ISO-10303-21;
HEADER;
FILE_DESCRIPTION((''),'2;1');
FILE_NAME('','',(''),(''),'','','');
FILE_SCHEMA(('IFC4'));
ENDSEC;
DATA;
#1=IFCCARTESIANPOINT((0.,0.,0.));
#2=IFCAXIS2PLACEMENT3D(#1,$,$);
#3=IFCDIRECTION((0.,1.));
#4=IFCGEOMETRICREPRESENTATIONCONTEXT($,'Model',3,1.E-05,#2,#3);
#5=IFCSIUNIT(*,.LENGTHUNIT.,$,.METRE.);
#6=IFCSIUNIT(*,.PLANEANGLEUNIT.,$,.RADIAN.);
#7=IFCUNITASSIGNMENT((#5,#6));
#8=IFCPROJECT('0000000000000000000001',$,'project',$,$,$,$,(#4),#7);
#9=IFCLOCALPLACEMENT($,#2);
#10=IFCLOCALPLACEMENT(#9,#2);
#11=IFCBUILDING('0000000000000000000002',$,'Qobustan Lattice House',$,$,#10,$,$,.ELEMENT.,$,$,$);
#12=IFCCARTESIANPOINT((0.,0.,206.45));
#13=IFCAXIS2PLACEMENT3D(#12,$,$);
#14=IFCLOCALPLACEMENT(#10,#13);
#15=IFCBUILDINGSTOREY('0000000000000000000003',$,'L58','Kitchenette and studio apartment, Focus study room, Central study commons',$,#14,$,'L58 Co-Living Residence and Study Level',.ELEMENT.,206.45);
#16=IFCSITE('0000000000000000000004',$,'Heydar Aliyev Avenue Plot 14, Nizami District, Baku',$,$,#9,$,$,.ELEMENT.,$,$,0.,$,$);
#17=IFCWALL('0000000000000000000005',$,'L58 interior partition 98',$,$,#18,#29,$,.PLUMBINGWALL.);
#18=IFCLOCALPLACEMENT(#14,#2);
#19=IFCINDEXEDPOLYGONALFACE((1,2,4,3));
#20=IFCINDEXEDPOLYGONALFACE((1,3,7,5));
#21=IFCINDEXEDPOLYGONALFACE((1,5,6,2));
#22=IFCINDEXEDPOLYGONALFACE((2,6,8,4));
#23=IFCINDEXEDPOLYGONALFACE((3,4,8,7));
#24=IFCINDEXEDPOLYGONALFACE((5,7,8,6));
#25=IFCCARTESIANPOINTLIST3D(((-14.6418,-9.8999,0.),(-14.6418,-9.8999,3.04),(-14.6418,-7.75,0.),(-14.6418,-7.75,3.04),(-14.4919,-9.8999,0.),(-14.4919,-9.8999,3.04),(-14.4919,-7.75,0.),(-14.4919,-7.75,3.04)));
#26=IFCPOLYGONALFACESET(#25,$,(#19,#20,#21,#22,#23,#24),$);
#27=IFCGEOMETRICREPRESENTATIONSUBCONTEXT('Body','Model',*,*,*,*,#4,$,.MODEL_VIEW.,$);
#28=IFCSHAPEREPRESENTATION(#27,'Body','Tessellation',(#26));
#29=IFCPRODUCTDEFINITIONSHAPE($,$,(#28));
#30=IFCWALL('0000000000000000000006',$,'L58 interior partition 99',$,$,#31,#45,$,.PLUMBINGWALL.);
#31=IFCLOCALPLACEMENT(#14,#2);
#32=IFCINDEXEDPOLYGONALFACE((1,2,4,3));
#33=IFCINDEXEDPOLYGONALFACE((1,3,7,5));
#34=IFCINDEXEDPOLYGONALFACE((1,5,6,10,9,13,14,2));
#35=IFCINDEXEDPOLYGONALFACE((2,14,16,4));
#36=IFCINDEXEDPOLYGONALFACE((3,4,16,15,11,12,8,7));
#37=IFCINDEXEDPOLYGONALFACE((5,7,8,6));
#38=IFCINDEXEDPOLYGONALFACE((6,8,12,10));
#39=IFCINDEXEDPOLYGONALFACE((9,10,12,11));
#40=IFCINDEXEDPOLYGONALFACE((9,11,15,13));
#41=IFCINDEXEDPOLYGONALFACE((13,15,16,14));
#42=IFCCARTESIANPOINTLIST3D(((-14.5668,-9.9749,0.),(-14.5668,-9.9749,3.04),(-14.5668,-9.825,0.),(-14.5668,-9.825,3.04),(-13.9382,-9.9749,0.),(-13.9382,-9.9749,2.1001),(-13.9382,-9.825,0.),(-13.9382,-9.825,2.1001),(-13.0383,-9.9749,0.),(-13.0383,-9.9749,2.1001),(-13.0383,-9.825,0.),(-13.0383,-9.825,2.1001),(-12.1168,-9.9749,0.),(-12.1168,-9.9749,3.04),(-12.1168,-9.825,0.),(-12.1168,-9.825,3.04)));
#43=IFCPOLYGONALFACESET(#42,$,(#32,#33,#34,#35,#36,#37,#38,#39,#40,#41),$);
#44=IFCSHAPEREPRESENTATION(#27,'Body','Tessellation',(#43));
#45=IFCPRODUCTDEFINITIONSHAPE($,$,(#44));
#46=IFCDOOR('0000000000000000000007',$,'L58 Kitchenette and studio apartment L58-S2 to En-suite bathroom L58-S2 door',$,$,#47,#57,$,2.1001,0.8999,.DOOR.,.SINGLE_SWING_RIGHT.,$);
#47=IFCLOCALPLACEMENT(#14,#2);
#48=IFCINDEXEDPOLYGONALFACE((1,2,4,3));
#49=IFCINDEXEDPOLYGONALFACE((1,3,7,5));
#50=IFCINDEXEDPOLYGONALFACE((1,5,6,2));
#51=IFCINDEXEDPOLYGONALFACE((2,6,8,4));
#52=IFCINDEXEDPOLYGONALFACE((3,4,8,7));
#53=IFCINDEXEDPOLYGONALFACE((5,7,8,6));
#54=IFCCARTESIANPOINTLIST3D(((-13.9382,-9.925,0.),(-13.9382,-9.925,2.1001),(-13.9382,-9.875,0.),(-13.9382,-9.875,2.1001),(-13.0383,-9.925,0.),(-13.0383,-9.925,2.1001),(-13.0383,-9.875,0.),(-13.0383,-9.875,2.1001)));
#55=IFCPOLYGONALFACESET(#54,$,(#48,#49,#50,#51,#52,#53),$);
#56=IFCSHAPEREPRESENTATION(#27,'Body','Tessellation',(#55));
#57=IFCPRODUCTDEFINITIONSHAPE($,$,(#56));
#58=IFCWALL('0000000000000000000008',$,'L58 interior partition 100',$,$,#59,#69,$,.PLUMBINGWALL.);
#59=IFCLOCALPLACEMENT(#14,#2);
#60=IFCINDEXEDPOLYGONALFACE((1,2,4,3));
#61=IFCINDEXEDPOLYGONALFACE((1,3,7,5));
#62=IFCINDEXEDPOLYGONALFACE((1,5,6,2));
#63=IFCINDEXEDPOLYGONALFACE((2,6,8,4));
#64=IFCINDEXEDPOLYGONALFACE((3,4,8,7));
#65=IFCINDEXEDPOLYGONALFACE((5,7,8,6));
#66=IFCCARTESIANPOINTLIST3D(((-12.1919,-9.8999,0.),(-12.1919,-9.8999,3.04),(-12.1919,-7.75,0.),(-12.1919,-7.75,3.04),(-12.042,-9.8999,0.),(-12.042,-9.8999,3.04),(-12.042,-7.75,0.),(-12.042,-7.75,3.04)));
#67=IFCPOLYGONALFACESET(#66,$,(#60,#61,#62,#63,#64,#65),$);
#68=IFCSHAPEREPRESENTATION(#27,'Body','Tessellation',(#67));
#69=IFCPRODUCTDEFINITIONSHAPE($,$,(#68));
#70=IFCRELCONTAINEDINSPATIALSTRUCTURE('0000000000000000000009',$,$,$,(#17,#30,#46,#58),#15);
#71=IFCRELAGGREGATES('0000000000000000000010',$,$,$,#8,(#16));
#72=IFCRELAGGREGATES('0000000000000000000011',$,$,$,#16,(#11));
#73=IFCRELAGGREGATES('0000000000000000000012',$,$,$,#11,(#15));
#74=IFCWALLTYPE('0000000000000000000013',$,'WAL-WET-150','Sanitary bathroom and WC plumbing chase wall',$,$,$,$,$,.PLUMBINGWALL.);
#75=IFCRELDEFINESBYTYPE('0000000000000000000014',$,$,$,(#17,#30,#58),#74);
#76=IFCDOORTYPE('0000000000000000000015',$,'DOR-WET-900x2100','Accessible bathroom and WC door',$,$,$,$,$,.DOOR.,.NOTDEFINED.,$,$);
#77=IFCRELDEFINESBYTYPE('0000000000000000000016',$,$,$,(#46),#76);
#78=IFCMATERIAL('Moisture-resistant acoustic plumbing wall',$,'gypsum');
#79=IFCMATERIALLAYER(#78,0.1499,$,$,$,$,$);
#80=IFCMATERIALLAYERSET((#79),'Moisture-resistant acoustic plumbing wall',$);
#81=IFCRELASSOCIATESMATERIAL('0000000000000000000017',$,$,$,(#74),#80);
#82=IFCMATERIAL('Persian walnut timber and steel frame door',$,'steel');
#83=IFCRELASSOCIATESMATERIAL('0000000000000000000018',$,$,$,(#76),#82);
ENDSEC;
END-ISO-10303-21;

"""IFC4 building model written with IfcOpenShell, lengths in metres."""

from ifc_helpers import new_model, si_unit, direction, frame, frame_2d, origin, place, context, subcontext, project, spatial, rectangle, extrude, material, layer, layer_set, type_object, element, fill, save


model = new_model("IFC4")

# Units and contexts
model_context = context("Model", 3, precision=1e-05, world=origin(), true_north=direction((0.0, 1.0)))
body_context = subcontext(model_context, "Body", "Model", "MODEL_VIEW")
ifc_project = project(units=[si_unit("LENGTHUNIT", "METRE"), si_unit("PLANEANGLEUNIT", "RADIAN")], contexts=[model_context])

# Site, building, storey
site_placement = place(None, origin())
site = spatial("IfcSite", under=ifc_project, at=site_placement, Name="Heydar Aliyev Avenue Plot 14, Nizami District, Baku", CompositionType="ELEMENT", RefElevation=0.0)
building_placement = place(site_placement, origin())
building = spatial("IfcBuilding", under=site, at=building_placement, Name="Qobustan Lattice House", CompositionType="ELEMENT")
storey_placement = place(building_placement, frame((0.0, 0.0, 206.45)))
storey = spatial("IfcBuildingStorey", under=building, at=storey_placement, Name="L58", Description="Kitchenette and studio apartment, Focus study room, Central study commons", LongName="L58 Co-Living Residence and Study Level", CompositionType="ELEMENT", Elevation=206.45)

# Wall
ifc_material_1 = material(Name="Moisture-resistant acoustic plumbing wall", Category="gypsum")
ifc_layer_1 = layer(ifc_material_1, 0.1499)
ifc_layer_set_1 = layer_set([ifc_layer_1], Name="Moisture-resistant acoustic plumbing wall")
wall_type_1 = type_object("IfcWallType", Name="WAL-WET-150", Description="Sanitary bathroom and WC plumbing chase wall", PredefinedType="PLUMBINGWALL", material=ifc_layer_set_1)
wall_1_placement = place(storey_placement, frame((-14.5669, -7.75, 0.0), z_axis=(0.0, 0.0, 1.0), x_axis=(0.0, -1.0, 0.0)))
element("IfcWall", 1, at=wall_1_placement, inside=storey, type_object=wall_type_1, Name="L58 interior partition 98", PredefinedType="PLUMBINGWALL", context=body_context, shape_type="SweptSolid", body=[
    extrude(rectangle(XDim=2.1499, YDim=0.1499, at=frame_2d((1.075, 0.0))), origin(), (0.0, 0.0, 1.0), 3.04),
])

# Wall, opening, door
wall_2_placement = place(storey_placement, frame((-14.5669, -9.8999, 0.0), z_axis=(0.0, 0.0, 1.0), x_axis=(1.0, 0.0, 0.0)))
wall_2 = element("IfcWall", 2, at=wall_2_placement, inside=storey, type_object=wall_type_1, Name="L58 interior partition 99", PredefinedType="PLUMBINGWALL", context=body_context, shape_type="SweptSolid", body=[
    extrude(rectangle(XDim=2.45, YDim=0.1499, at=frame_2d((1.2251, 0.0))), origin(), (0.0, 0.0, 1.0), 3.04),
])
opening_1_placement = place(wall_2_placement, frame((0.6287, 0.0, 0.0)))
opening_1 = element("IfcOpeningElement", 3, at=opening_1_placement, cuts=wall_2, PredefinedType="OPENING", context=body_context, shape_type="SweptSolid", body=[
    extrude(rectangle(XDim=0.8999, YDim=2.1001, at=frame_2d((0.45, 1.05))), frame((0.0, 0.085, 0.0), z_axis=(0.0, -1.0, 0.0), x_axis=(1.0, 0.0, 0.0)), (0.0, 0.0, 1.0), 0.1699),
])
ifc_material_2 = material(Name="Persian walnut timber and steel frame door", Category="steel")
door_type_1 = type_object("IfcDoorType", Name="DOR-WET-900x2100", Description="Accessible bathroom and WC door", OperationType="NOTDEFINED", PredefinedType="DOOR", material=ifc_material_2)
door_1_placement = place(opening_1_placement, origin())
door_1 = element("IfcDoor", 4, at=door_1_placement, inside=storey, type_object=door_type_1, Name="L58 Kitchenette and studio apartment L58-S2 to En-suite bathroom L58-S2 door", OperationType="SINGLE_SWING_RIGHT", OverallHeight=2.1001, OverallWidth=0.8999, PredefinedType="DOOR", context=body_context, shape_type="SweptSolid", body=[
    extrude(rectangle(XDim=0.8999, YDim=2.1001, at=frame_2d((0.45, 1.05))), frame((0.0, 0.0249, 0.0), z_axis=(0.0, -1.0, 0.0), x_axis=(1.0, 0.0, 0.0)), (0.0, 0.0, 1.0), 0.05),
])
fill(opening_1, door_1)

# Wall
wall_3_placement = place(storey_placement, frame((-12.1169, -9.8999, 0.0), z_axis=(0.0, 0.0, 1.0), x_axis=(0.0, 1.0, 0.0)))
element("IfcWall", 5, at=wall_3_placement, inside=storey, type_object=wall_type_1, Name="L58 interior partition 100", PredefinedType="PLUMBINGWALL", context=body_context, shape_type="SweptSolid", body=[
    extrude(rectangle(XDim=2.1499, YDim=0.1499, at=frame_2d((1.075, 0.0))), origin(), (0.0, 0.0, 1.0), 3.04),
])

save(model, "model.ifc")
